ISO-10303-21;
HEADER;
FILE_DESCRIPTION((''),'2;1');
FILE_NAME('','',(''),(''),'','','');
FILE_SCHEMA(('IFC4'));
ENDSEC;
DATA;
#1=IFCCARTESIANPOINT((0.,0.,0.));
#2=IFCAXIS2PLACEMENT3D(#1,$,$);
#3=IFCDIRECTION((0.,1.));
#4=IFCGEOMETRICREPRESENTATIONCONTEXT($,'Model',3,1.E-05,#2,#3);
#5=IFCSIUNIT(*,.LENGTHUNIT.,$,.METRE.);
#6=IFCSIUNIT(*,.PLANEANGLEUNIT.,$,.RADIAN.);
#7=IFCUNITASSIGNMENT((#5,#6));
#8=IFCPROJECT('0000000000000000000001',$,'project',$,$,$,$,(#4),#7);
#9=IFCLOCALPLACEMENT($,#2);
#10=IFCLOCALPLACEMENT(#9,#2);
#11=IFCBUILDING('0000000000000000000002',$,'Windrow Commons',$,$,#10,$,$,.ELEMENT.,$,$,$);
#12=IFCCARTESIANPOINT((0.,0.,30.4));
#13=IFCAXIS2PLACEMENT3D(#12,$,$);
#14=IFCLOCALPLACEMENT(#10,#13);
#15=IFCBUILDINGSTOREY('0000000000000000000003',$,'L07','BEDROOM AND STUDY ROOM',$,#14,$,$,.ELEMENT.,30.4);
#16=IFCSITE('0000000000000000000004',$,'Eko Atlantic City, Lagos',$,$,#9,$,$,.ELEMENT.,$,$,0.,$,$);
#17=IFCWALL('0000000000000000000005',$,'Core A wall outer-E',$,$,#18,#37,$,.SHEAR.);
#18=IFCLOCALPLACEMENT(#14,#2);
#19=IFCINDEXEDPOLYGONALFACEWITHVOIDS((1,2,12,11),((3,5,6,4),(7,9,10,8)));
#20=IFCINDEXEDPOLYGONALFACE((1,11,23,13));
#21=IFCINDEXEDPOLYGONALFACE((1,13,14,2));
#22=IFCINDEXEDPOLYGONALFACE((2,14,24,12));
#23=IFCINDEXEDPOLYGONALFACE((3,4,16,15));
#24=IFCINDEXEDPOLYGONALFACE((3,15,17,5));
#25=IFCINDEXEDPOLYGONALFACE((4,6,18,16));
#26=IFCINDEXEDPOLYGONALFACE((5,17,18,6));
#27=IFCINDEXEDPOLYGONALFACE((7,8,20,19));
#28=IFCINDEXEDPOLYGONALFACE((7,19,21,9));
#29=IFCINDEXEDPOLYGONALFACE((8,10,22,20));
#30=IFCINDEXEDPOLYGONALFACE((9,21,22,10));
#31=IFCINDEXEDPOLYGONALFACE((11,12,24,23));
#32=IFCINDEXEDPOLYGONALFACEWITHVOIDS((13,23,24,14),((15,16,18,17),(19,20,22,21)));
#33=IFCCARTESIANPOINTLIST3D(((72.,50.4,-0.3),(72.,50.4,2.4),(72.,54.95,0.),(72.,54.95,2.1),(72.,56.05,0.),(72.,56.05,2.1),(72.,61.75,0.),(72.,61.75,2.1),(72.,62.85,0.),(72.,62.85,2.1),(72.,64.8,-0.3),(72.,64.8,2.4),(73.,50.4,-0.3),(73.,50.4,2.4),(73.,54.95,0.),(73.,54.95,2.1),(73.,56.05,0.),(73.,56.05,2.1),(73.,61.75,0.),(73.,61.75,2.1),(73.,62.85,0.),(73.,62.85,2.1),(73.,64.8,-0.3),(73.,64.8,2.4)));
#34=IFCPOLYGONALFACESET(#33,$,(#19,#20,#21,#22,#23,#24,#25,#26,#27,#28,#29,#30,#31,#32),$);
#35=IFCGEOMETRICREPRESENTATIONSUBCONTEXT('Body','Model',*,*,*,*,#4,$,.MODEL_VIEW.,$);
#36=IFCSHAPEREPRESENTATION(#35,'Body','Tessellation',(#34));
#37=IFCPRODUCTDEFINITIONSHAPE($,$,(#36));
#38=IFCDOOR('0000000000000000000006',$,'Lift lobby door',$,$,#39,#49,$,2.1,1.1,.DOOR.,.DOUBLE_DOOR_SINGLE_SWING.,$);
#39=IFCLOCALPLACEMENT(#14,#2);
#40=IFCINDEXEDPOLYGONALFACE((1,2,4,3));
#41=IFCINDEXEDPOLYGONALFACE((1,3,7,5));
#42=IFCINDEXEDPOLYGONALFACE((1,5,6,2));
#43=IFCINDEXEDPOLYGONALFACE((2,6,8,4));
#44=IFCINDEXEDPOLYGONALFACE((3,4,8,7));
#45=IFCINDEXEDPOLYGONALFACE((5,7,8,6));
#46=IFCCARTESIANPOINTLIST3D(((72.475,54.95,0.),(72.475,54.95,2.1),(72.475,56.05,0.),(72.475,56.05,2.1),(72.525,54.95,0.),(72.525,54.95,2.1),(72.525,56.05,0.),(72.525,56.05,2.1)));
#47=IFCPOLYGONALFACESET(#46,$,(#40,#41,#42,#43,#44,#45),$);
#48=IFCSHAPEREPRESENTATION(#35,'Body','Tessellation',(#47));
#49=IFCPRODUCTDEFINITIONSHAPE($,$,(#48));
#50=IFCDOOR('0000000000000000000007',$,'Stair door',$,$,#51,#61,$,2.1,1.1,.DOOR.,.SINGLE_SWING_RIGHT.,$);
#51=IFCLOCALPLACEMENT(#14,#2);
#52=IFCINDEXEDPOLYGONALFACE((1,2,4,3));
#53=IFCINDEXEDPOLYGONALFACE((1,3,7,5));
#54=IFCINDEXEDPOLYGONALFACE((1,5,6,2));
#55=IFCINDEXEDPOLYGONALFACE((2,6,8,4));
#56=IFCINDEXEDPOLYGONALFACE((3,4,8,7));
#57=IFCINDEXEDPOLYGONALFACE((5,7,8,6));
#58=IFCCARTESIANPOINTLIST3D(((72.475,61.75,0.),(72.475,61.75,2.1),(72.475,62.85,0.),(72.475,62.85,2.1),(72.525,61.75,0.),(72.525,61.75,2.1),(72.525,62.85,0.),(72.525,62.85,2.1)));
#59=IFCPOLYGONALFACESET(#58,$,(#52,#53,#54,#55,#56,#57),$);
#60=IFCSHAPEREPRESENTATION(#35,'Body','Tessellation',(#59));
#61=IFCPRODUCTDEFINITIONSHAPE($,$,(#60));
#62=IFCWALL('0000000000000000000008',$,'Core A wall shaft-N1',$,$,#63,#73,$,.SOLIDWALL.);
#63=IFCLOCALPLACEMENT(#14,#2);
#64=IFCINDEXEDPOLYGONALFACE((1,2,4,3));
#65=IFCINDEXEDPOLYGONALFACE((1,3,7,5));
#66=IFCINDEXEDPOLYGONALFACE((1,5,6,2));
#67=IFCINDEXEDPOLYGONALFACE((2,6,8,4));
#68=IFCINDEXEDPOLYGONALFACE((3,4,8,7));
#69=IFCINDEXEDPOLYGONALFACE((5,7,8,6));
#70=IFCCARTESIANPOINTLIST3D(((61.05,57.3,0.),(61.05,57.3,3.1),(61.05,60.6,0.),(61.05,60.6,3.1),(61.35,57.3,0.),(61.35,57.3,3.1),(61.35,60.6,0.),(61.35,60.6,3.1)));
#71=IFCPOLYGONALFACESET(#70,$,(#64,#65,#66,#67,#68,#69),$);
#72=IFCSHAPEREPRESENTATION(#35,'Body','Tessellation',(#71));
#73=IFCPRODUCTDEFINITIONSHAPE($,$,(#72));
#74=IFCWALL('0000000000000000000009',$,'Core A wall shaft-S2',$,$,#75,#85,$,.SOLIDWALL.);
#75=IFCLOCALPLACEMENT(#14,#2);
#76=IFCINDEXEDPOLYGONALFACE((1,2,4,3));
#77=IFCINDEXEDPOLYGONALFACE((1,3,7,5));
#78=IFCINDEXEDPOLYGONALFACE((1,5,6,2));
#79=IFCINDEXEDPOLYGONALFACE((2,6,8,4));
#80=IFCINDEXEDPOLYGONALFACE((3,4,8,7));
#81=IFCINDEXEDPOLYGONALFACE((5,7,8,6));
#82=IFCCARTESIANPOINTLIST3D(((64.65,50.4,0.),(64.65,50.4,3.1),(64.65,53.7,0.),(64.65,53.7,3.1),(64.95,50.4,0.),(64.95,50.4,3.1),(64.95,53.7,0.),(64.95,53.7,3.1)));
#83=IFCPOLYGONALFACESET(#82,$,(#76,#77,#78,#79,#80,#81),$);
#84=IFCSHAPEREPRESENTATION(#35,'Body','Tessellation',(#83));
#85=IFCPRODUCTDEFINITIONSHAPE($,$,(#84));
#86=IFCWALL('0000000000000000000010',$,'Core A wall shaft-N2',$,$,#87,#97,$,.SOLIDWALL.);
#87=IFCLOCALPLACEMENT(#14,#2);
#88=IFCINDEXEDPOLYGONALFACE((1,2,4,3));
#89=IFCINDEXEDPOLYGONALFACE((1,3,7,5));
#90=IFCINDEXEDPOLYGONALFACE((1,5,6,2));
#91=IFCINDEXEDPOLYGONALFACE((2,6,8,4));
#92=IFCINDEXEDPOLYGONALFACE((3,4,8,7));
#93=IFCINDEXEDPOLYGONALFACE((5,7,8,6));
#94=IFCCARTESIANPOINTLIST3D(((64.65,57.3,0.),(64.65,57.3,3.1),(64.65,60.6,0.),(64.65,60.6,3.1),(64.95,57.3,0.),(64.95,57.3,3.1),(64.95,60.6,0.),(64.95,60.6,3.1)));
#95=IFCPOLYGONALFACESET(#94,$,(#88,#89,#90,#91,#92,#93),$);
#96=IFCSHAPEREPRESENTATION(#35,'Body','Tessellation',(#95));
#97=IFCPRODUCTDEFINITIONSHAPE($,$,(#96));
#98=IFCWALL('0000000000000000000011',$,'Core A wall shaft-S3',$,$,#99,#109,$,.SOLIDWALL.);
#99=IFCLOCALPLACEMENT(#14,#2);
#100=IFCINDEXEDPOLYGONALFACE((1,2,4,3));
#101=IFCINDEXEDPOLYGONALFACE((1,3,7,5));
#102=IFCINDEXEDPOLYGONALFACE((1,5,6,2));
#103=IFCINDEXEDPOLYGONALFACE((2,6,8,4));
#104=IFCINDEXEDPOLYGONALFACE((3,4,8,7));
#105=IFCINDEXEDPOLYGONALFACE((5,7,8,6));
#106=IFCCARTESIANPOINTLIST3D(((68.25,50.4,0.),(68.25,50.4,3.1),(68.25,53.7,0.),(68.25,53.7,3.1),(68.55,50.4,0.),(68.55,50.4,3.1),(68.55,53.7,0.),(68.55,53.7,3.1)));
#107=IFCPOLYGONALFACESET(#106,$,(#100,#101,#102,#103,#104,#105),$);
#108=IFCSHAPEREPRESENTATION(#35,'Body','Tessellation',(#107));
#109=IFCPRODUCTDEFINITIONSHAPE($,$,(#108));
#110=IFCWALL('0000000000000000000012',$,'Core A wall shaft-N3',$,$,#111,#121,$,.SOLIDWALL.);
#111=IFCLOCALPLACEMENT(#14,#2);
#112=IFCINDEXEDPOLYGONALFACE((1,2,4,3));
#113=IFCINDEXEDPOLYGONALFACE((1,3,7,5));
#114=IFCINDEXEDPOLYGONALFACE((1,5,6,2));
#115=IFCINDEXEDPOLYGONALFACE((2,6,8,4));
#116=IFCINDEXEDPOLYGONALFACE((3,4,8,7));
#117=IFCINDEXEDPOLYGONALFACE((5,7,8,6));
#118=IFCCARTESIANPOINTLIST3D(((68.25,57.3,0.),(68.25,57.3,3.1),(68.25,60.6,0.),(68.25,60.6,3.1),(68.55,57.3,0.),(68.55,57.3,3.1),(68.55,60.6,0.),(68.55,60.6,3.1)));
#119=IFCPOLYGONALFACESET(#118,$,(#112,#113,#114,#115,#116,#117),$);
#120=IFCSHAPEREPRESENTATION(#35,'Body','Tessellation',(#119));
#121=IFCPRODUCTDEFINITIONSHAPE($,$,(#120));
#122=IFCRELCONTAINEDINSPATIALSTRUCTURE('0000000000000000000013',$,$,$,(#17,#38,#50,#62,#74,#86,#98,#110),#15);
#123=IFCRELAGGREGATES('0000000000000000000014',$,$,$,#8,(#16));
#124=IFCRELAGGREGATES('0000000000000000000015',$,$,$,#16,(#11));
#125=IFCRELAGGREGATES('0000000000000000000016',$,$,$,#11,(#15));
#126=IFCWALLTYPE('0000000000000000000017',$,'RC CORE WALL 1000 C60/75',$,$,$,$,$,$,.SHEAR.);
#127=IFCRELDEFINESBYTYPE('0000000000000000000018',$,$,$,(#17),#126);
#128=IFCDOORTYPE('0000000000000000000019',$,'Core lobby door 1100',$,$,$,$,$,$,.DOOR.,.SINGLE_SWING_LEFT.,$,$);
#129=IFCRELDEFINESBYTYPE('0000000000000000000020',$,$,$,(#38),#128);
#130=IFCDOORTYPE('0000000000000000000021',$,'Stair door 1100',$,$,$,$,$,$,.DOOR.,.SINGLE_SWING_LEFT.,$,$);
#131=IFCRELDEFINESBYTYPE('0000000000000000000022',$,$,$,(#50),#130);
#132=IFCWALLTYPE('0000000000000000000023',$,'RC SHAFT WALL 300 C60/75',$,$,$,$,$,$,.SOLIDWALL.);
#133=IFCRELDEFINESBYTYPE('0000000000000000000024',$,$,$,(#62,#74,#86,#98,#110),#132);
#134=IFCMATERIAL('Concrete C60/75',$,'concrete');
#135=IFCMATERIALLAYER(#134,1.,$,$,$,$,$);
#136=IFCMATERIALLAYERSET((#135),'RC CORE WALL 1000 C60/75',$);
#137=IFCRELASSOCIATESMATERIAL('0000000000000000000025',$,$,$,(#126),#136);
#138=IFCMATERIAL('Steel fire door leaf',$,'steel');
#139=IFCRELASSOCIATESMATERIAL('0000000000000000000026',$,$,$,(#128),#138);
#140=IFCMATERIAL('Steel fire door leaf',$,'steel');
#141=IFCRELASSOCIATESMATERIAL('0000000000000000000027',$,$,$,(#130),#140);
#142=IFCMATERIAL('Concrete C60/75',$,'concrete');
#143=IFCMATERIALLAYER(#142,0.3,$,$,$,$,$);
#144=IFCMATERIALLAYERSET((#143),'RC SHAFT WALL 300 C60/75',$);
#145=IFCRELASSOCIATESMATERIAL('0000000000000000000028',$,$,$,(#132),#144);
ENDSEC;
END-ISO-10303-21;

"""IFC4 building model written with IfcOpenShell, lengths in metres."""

from ifc_helpers import new_model, si_unit, direction, frame, frame_2d, origin, place, context, subcontext, project, spatial, rectangle, extrude, material, layer, layer_set, type_object, element, fill, save


model = new_model("IFC4")

# Units and contexts
model_context = context("Model", 3, precision=1e-05, world=origin(), true_north=direction((0.0, 1.0)))
body_context = subcontext(model_context, "Body", "Model", "MODEL_VIEW")
ifc_project = project(units=[si_unit("LENGTHUNIT", "METRE"), si_unit("PLANEANGLEUNIT", "RADIAN")], contexts=[model_context])

# Site, building, storey
site_placement = place(None, origin())
site = spatial("IfcSite", under=ifc_project, at=site_placement, Name="Eko Atlantic City, Lagos", CompositionType="ELEMENT", RefElevation=0.0)
building_placement = place(site_placement, origin())
building = spatial("IfcBuilding", under=site, at=building_placement, Name="Windrow Commons", CompositionType="ELEMENT")
storey_placement = place(building_placement, frame((0.0, 0.0, 30.4)))
storey = spatial("IfcBuildingStorey", under=building, at=storey_placement, Name="L07", Description="BEDROOM AND STUDY ROOM", CompositionType="ELEMENT", Elevation=30.4)

# Wall, openings, doors
ifc_material_1 = material(Name="Concrete C60/75", Category="concrete")
ifc_layer_1 = layer(ifc_material_1, 1.0)
ifc_layer_set_1 = layer_set([ifc_layer_1], Name="RC CORE WALL 1000 C60/75")
wall_type_1 = type_object("IfcWallType", Name="RC CORE WALL 1000 C60/75", PredefinedType="SHEAR", material=ifc_layer_set_1)
wall_1_placement = place(storey_placement, frame((72.5, 50.4, -0.3), z_axis=(0.0, 0.0, 1.0), x_axis=(0.0, 1.0, 0.0)))
wall_1 = element("IfcWall", 1, at=wall_1_placement, inside=storey, type_object=wall_type_1, Name="Core A wall outer-E", PredefinedType="SHEAR", context=body_context, shape_type="SweptSolid", body=[
    extrude(rectangle(XDim=14.4, YDim=1.0, at=frame_2d((7.2, 0.0))), origin(), (0.0, 0.0, 1.0), 2.7),
])
opening_1_placement = place(wall_1_placement, frame((4.55, 0.0, 0.3)))
opening_1 = element("IfcOpeningElement", 2, at=opening_1_placement, cuts=wall_1, PredefinedType="OPENING", context=body_context, shape_type="SweptSolid", body=[
    extrude(rectangle(XDim=1.1, YDim=2.1, at=frame_2d((0.55, 1.05))), frame((0.0, 0.51, 0.0), z_axis=(0.0, -1.0, 0.0), x_axis=(1.0, 0.0, 0.0)), (0.0, 0.0, 1.0), 1.02),
])
opening_2_placement = place(wall_1_placement, frame((11.35, 0.0, 0.3)))
opening_2 = element("IfcOpeningElement", 3, at=opening_2_placement, cuts=wall_1, PredefinedType="OPENING", context=body_context, shape_type="SweptSolid", body=[
    extrude(rectangle(XDim=1.1, YDim=2.1, at=frame_2d((0.55, 1.05))), frame((0.0, 0.51, 0.0), z_axis=(0.0, -1.0, 0.0), x_axis=(1.0, 0.0, 0.0)), (0.0, 0.0, 1.0), 1.02),
])
ifc_material_2 = material(Name="Steel fire door leaf", Category="steel")
door_type_1 = type_object("IfcDoorType", Name="Core lobby door 1100", OperationType="SINGLE_SWING_LEFT", PredefinedType="DOOR", material=ifc_material_2)
door_1_placement = place(opening_1_placement, origin())
door_1 = element("IfcDoor", 4, at=door_1_placement, inside=storey, type_object=door_type_1, Name="Lift lobby door", OperationType="DOUBLE_DOOR_SINGLE_SWING", OverallHeight=2.1, OverallWidth=1.1, PredefinedType="DOOR", context=body_context, shape_type="SweptSolid", body=[
    extrude(rectangle(XDim=1.1, YDim=2.1, at=frame_2d((0.55, 1.05))), frame((0.0, 0.025, 0.0), z_axis=(0.0, -1.0, 0.0), x_axis=(1.0, 0.0, 0.0)), (0.0, 0.0, 1.0), 0.05),
])
fill(opening_1, door_1)
ifc_material_3 = material(Name="Steel fire door leaf", Category="steel")
door_type_2 = type_object("IfcDoorType", Name="Stair door 1100", OperationType="SINGLE_SWING_LEFT", PredefinedType="DOOR", material=ifc_material_3)
door_2_placement = place(opening_2_placement, origin())
door_2 = element("IfcDoor", 5, at=door_2_placement, inside=storey, type_object=door_type_2, Name="Stair door", OperationType="SINGLE_SWING_RIGHT", OverallHeight=2.1, OverallWidth=1.1, PredefinedType="DOOR", context=body_context, shape_type="SweptSolid", body=[
    extrude(rectangle(XDim=1.1, YDim=2.1, at=frame_2d((0.55, 1.05))), frame((0.0, 0.025, 0.0), z_axis=(0.0, -1.0, 0.0), x_axis=(1.0, 0.0, 0.0)), (0.0, 0.0, 1.0), 0.05),
])
fill(opening_2, door_2)

# Walls
ifc_material_4 = material(Name="Concrete C60/75", Category="concrete")
ifc_layer_2 = layer(ifc_material_4, 0.3)
ifc_layer_set_2 = layer_set([ifc_layer_2], Name="RC SHAFT WALL 300 C60/75")
wall_type_2 = type_object("IfcWallType", Name="RC SHAFT WALL 300 C60/75", PredefinedType="SOLIDWALL", material=ifc_layer_set_2)
for number, where, z_axis, x_axis, name in (
    (6, (61.2, 57.3, 0.0), (0.0, 0.0, 1.0), (0.0, 1.0, 0.0), "Core A wall shaft-N1"),
    (7, (64.8, 50.4, 0.0), (0.0, 0.0, 1.0), (0.0, 1.0, 0.0), "Core A wall shaft-S2"),
    (8, (64.8, 57.3, 0.0), (0.0, 0.0, 1.0), (0.0, 1.0, 0.0), "Core A wall shaft-N2"),
    (9, (68.4, 50.4, 0.0), (0.0, 0.0, 1.0), (0.0, 1.0, 0.0), "Core A wall shaft-S3"),
    (10, (68.4, 57.3, 0.0), (0.0, 0.0, 1.0), (0.0, 1.0, 0.0), "Core A wall shaft-N3"),
):
    element("IfcWall", number, at=place(storey_placement, frame(where, z_axis=z_axis, x_axis=x_axis)), inside=storey, type_object=wall_type_2, Name=name, PredefinedType="SOLIDWALL", context=body_context, shape_type="SweptSolid", body=[
        extrude(rectangle(XDim=3.3, YDim=0.3, at=frame_2d((1.65, 0.0))), origin(), (0.0, 0.0, 1.0), 3.1),
    ])

save(model, "model.ifc")
